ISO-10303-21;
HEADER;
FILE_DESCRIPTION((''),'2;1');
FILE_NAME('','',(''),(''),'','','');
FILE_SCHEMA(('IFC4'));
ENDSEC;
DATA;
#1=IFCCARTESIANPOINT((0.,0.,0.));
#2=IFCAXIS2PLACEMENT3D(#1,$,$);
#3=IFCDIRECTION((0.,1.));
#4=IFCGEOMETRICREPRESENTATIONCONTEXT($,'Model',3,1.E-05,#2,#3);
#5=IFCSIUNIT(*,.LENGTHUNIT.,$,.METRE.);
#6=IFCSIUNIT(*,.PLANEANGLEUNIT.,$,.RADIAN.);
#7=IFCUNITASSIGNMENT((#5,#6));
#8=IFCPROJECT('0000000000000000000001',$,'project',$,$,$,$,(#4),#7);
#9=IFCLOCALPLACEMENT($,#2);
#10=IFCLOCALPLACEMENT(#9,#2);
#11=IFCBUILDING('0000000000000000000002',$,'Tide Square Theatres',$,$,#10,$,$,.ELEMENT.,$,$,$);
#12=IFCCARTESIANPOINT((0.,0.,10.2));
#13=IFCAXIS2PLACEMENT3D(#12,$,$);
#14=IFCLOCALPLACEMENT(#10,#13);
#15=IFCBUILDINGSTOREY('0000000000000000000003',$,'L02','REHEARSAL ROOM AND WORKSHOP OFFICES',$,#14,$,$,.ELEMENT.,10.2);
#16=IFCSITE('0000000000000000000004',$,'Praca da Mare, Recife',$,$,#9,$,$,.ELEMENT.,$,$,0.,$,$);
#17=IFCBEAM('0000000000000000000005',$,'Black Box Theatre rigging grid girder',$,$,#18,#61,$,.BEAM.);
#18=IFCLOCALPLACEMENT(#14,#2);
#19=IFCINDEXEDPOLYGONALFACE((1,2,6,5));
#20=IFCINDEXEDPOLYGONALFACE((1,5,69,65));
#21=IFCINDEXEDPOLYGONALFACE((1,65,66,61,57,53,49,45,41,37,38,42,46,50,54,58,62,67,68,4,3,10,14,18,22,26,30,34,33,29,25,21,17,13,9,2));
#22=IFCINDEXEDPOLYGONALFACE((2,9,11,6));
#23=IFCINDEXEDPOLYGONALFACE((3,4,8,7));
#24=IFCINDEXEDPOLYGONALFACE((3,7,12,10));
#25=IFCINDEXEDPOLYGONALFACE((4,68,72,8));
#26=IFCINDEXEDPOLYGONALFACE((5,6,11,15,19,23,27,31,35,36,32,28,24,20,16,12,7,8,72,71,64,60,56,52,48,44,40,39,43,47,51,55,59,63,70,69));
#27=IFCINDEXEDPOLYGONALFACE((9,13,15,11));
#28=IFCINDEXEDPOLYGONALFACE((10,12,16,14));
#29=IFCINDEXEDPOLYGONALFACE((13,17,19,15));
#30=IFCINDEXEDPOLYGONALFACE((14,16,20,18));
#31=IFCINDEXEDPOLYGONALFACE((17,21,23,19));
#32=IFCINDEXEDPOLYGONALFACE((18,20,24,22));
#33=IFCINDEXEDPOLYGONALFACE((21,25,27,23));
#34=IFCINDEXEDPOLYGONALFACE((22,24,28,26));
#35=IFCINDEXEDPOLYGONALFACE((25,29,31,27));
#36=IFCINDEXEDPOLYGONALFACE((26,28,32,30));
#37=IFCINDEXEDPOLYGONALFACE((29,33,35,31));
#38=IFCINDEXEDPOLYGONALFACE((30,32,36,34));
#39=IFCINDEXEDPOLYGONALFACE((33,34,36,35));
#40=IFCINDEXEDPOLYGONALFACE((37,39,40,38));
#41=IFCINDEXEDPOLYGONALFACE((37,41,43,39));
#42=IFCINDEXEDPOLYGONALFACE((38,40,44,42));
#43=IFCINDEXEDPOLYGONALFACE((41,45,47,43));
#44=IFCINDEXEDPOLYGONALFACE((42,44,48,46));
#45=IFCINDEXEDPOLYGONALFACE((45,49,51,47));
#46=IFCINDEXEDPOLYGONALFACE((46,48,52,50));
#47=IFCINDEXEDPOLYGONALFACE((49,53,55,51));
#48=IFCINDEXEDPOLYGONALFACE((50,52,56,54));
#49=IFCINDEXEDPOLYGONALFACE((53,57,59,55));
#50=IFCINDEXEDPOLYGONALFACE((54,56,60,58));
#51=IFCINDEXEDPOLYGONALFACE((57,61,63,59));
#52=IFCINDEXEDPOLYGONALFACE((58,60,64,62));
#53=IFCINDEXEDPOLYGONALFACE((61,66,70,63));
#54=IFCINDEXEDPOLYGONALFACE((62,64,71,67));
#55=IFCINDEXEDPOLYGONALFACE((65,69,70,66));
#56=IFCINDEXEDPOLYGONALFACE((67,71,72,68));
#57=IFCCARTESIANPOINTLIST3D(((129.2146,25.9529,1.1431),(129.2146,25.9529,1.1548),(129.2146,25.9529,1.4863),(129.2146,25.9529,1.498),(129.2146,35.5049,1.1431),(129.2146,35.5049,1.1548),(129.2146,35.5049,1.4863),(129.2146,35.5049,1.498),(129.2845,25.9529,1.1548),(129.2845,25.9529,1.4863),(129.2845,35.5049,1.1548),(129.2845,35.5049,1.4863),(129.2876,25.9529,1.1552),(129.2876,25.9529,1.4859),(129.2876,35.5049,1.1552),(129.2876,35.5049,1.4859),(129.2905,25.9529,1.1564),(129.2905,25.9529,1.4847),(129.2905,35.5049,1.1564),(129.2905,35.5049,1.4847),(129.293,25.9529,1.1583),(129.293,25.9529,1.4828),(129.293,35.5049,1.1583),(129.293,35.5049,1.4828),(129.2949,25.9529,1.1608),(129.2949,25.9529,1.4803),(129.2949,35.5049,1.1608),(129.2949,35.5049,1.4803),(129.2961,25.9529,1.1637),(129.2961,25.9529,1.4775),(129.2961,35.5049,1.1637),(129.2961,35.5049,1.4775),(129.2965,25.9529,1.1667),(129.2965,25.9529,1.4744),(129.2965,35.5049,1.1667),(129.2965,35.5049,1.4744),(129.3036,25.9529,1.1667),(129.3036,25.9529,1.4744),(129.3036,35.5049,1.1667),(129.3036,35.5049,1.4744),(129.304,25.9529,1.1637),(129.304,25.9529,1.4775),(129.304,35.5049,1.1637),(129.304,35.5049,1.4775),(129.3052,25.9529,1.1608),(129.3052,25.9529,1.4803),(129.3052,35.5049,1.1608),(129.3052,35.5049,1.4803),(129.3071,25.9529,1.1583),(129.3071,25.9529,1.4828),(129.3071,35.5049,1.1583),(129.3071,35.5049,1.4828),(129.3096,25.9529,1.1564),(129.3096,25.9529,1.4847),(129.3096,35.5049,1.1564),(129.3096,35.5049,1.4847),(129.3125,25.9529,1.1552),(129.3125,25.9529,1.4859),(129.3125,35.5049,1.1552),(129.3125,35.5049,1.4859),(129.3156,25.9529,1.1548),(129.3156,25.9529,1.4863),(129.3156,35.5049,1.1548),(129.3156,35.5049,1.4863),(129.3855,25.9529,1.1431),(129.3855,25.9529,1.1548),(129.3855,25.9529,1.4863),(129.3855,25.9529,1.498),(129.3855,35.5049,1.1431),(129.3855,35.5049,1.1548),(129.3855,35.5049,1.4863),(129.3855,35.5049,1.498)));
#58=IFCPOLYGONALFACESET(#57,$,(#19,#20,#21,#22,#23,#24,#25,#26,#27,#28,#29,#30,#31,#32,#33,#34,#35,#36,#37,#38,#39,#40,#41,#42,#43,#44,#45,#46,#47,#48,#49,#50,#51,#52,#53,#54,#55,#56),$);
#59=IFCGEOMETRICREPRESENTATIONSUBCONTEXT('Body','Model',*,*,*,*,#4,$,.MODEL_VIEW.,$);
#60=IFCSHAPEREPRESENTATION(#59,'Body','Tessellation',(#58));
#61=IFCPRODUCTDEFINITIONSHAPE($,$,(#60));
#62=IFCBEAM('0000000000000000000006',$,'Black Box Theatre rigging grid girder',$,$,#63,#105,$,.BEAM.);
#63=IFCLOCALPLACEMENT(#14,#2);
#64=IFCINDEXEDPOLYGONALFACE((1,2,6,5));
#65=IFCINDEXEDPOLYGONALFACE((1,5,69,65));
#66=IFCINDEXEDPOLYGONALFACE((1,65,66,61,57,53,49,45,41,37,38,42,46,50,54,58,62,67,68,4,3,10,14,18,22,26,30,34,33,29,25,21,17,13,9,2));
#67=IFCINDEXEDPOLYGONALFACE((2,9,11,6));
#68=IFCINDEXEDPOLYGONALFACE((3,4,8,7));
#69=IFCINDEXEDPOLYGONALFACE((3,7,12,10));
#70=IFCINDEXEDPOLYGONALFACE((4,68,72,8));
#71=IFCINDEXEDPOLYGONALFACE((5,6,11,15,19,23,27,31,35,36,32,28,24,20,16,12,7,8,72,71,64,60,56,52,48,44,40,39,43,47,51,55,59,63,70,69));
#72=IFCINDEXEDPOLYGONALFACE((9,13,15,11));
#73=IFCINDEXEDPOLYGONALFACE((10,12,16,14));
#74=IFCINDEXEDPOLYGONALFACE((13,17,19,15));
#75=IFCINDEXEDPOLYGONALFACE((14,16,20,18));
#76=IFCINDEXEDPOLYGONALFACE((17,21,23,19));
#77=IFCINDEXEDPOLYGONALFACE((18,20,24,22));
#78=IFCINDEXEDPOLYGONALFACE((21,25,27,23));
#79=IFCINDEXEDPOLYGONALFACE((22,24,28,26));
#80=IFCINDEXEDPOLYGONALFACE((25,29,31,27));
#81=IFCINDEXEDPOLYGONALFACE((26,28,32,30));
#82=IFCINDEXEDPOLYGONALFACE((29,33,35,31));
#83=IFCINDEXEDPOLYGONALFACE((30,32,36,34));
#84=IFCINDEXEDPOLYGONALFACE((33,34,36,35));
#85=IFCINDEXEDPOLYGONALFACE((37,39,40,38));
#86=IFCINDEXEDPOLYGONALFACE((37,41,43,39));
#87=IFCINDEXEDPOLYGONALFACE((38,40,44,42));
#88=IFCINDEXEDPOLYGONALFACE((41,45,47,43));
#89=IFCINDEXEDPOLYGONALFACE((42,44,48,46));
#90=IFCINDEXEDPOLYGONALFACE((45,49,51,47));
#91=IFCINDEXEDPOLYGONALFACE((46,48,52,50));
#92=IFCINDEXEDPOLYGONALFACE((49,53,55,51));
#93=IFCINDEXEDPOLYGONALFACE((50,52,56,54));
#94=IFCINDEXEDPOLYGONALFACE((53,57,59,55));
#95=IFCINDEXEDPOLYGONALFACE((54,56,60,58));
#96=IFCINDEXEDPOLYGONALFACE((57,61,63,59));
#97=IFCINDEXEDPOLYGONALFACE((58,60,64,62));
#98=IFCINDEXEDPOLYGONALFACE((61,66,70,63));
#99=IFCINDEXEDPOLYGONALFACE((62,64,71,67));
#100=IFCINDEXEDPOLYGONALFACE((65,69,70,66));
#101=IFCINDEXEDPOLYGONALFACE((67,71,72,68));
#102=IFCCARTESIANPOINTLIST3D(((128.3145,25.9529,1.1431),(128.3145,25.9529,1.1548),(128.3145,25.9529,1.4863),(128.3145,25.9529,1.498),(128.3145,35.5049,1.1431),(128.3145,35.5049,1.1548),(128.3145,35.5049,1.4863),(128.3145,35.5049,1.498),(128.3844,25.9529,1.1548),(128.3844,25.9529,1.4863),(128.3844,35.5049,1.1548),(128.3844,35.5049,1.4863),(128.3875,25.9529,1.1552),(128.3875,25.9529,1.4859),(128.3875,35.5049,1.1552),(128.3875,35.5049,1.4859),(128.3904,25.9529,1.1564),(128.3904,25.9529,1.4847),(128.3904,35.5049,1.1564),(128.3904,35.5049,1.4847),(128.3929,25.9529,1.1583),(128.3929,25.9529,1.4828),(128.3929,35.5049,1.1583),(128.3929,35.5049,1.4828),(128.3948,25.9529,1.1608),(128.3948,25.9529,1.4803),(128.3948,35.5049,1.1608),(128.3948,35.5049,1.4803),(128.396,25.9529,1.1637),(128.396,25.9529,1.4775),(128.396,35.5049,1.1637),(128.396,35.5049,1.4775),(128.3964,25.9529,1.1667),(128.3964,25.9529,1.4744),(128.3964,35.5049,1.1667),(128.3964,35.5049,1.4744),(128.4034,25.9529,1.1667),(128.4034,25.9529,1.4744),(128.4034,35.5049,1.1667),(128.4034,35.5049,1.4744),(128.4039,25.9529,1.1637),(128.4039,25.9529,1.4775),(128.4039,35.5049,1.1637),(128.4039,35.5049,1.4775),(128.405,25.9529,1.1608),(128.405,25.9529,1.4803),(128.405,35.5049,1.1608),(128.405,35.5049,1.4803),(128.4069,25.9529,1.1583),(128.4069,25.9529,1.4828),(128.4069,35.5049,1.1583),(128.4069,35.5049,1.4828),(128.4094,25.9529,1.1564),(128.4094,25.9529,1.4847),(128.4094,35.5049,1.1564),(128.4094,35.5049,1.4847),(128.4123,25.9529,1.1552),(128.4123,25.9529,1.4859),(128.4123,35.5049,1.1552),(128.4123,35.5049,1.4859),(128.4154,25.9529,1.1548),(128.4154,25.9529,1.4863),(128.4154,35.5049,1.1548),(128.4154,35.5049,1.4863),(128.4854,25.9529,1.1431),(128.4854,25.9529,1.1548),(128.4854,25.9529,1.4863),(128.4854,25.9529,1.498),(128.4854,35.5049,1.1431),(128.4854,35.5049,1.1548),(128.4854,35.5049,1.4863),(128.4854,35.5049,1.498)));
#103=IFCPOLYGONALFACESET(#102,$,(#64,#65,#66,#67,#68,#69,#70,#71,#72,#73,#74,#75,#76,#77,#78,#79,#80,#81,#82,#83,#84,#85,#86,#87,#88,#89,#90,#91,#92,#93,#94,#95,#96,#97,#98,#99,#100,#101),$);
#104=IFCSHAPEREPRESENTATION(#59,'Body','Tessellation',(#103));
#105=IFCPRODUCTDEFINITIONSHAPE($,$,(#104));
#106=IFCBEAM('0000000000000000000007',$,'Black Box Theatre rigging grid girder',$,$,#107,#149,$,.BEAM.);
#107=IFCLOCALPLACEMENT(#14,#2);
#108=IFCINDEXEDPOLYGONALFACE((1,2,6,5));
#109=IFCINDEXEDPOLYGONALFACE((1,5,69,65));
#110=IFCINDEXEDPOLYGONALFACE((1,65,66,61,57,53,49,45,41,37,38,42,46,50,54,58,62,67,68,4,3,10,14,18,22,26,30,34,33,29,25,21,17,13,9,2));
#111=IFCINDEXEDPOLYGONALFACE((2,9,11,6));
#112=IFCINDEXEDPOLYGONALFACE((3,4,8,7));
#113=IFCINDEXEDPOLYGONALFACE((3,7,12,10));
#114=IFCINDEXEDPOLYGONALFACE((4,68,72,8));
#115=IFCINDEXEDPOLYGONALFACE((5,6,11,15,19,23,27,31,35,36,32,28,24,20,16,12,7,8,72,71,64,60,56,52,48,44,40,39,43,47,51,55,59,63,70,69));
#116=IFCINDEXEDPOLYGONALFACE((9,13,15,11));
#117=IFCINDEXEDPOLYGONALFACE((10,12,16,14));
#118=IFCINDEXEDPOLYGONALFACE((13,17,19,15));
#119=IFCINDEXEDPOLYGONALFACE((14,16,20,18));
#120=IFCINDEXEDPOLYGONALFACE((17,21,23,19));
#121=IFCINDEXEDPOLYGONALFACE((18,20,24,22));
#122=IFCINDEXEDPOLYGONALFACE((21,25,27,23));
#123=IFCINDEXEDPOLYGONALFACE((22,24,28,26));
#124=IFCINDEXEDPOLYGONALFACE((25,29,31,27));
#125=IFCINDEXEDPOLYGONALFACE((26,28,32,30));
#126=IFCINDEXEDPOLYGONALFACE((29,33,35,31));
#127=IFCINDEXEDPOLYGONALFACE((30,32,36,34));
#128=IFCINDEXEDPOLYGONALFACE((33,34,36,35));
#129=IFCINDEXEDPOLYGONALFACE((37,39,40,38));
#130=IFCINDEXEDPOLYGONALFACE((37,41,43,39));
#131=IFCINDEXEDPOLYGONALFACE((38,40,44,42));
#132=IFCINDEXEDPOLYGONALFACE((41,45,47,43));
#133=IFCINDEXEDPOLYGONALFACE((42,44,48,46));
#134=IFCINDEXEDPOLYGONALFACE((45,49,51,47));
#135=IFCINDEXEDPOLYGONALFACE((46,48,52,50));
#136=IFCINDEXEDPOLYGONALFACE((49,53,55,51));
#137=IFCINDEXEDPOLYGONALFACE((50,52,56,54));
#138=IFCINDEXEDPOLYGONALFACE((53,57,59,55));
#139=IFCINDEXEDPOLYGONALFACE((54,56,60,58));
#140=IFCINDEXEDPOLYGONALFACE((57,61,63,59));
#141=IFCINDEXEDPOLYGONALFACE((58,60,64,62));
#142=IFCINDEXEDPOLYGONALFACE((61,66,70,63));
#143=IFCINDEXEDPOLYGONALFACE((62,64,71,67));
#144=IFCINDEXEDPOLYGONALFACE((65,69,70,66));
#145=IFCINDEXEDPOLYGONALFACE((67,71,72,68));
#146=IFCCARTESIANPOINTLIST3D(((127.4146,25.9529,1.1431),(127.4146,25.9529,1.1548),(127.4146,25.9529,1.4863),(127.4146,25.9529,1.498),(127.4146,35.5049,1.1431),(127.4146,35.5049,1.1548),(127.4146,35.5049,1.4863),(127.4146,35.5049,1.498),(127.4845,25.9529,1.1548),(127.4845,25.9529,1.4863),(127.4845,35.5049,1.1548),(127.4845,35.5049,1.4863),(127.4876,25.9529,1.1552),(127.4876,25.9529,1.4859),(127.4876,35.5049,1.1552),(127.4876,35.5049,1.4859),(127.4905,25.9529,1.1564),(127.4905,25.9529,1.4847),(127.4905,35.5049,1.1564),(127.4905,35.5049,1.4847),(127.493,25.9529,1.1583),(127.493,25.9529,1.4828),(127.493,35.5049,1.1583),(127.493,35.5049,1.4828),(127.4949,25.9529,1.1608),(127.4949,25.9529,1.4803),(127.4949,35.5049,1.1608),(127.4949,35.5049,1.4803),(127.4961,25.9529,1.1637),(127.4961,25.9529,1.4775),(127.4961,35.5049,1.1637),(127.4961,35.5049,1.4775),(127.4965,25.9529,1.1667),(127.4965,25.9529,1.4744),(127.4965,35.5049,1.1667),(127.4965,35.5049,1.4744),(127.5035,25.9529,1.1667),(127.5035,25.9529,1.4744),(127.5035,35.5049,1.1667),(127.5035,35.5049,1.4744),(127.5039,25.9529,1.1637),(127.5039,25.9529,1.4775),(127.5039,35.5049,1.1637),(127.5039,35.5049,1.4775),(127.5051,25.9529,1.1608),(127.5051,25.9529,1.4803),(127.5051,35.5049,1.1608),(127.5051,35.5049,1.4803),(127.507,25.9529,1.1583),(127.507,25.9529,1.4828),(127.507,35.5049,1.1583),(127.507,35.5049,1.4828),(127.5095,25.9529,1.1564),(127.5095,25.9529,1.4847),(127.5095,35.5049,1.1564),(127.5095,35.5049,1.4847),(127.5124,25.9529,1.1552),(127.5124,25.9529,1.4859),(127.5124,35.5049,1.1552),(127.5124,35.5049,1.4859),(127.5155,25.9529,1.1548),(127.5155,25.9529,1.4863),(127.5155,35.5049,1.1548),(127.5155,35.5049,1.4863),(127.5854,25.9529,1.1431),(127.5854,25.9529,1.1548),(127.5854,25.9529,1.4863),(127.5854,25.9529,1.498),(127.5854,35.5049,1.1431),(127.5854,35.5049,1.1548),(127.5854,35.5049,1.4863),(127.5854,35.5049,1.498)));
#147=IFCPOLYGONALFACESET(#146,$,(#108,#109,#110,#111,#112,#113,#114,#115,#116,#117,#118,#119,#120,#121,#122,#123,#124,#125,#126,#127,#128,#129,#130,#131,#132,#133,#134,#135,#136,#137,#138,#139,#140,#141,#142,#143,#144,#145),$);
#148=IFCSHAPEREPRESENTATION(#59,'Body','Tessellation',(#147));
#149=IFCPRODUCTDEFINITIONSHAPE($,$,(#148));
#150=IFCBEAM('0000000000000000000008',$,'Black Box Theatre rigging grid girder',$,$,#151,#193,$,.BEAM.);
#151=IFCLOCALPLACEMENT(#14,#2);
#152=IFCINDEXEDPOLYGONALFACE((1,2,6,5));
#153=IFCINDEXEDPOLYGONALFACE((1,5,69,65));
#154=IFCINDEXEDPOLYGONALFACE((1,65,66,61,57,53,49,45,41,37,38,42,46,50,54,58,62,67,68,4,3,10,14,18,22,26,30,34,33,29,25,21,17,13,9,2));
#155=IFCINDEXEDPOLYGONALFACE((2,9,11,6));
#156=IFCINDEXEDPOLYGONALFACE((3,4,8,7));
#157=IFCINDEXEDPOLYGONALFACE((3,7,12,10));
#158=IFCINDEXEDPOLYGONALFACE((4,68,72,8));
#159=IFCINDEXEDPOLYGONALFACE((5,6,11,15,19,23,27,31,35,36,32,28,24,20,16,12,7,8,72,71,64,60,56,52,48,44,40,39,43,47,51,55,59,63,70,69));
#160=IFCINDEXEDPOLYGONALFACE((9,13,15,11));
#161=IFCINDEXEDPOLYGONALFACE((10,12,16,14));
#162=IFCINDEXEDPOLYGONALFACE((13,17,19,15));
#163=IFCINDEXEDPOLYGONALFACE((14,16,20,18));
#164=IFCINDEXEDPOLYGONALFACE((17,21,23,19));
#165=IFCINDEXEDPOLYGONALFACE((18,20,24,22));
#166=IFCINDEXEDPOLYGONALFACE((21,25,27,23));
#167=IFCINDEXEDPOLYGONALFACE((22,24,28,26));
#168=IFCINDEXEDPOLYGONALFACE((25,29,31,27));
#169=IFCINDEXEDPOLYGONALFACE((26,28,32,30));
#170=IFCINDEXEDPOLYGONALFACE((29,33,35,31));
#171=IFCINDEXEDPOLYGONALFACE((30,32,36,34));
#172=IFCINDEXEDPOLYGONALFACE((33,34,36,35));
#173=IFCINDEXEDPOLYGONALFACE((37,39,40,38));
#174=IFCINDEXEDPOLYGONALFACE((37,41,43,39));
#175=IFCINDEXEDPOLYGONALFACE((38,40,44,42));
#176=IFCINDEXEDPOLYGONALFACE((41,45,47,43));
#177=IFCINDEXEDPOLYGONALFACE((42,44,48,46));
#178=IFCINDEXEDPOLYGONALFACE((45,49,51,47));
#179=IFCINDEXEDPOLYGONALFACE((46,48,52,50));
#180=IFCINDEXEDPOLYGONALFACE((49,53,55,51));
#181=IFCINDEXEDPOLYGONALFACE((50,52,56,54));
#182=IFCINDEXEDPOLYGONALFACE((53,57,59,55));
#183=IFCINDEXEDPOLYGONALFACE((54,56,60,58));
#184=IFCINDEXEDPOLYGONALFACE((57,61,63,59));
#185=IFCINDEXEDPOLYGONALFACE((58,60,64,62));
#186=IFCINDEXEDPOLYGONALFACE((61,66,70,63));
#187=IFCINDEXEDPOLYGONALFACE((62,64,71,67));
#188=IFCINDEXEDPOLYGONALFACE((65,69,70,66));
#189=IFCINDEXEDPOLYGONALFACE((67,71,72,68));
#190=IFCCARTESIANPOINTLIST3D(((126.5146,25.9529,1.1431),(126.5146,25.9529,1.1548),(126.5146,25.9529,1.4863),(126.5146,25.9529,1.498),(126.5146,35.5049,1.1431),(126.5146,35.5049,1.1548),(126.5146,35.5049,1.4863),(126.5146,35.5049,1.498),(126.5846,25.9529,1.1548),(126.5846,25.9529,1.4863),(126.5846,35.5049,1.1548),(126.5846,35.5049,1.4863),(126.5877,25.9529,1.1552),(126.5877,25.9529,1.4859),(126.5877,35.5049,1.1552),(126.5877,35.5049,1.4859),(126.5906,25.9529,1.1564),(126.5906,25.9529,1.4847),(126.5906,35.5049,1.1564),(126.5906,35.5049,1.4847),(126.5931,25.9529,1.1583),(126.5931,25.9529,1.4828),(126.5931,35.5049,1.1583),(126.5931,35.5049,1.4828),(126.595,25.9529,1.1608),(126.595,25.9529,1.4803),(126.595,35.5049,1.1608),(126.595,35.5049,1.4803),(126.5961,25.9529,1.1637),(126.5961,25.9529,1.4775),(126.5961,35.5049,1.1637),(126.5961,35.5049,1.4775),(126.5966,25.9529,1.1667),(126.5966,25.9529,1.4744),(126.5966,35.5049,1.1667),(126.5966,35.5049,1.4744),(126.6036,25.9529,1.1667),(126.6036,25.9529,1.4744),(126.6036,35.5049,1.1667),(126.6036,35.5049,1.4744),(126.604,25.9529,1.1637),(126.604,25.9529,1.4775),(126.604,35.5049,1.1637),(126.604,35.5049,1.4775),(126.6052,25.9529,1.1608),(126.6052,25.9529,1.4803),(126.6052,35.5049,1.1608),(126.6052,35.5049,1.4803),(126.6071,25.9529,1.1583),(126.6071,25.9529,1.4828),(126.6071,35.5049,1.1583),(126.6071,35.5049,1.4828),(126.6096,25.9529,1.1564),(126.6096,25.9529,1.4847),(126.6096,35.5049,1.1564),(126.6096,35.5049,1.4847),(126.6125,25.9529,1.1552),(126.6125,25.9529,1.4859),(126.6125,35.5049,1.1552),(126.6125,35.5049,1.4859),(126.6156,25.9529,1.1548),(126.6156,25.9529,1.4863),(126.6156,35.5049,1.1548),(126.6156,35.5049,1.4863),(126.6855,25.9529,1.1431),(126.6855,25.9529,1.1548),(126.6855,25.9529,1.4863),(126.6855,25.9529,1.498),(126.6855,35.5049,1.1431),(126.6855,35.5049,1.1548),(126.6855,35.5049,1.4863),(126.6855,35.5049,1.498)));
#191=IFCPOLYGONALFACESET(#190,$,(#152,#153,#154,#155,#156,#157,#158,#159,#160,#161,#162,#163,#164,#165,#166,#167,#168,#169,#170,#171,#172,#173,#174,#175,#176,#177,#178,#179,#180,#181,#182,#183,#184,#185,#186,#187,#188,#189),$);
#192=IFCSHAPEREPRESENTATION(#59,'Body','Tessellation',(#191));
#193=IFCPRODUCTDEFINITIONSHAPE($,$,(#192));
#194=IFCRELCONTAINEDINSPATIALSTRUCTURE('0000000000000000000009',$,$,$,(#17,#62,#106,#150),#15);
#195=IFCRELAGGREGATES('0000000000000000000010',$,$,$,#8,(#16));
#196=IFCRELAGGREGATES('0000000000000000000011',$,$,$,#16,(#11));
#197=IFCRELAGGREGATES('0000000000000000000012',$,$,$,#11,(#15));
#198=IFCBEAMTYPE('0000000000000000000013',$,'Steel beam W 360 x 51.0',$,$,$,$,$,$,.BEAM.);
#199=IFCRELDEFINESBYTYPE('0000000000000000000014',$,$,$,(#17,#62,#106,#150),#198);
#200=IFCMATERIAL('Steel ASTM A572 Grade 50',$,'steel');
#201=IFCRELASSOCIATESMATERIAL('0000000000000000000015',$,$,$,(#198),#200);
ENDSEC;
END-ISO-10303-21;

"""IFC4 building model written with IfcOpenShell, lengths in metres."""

from ifc_helpers import new_model, si_unit, direction, frame, origin, origin_2d, place, context, subcontext, project, spatial, i_section, extrude, material, material_profile, profile_set, type_object, element, save


model = new_model("IFC4")

# Units and contexts
model_context = context("Model", 3, precision=1e-05, world=origin(), true_north=direction((0.0, 1.0)))
body_context = subcontext(model_context, "Body", "Model", "MODEL_VIEW")
ifc_project = project(units=[si_unit("LENGTHUNIT", "METRE"), si_unit("PLANEANGLEUNIT", "RADIAN")], contexts=[model_context])

# Site, building, storey
site_placement = place(None, origin())
site = spatial("IfcSite", under=ifc_project, at=site_placement, Name="Praca da Mare, Recife", CompositionType="ELEMENT", RefElevation=0.0)
building_placement = place(site_placement, origin())
building = spatial("IfcBuilding", under=site, at=building_placement, Name="Tide Square Theatres", CompositionType="ELEMENT")
storey_placement = place(building_placement, frame((0.0, 0.0, 10.2)))
storey = spatial("IfcBuildingStorey", under=building, at=storey_placement, Name="L02", Description="REHEARSAL ROOM AND WORKSHOP OFFICES", CompositionType="ELEMENT", Elevation=10.2)

# Beams
ifc_material_1 = material(Name="Steel ASTM A572 Grade 50", Category="steel")
ifc_material_profile_1 = material_profile(ifc_material_1, i_section(OverallWidth=0.1709, OverallDepth=0.355, WebThickness=0.0071, FlangeThickness=0.0117, FilletRadius=0.012, at=origin_2d()))
ifc_profile_set_1 = profile_set([ifc_material_profile_1], Name="Steel ASTM A572 Grade 50")
beam_type_1 = type_object("IfcBeamType", Name="Steel beam W 360 x 51.0", PredefinedType="BEAM", material=ifc_profile_set_1)
for number, where, z_axis, x_axis, name in (
    (1, (129.3, 25.9529, 1.3206), (0.0, 1.0, 0.0), (-1.0, 0.0, 0.0), "Black Box Theatre rigging grid girder"),
    (2, (128.3999, 25.9529, 1.3206), (0.0, 1.0, 0.0), (-1.0, 0.0, 0.0), "Black Box Theatre rigging grid girder"),
    (3, (127.5, 25.9529, 1.3206), (0.0, 1.0, 0.0), (-1.0, 0.0, 0.0), "Black Box Theatre rigging grid girder"),
    (4, (126.6001, 25.9529, 1.3206), (0.0, 1.0, 0.0), (-1.0, 0.0, 0.0), "Black Box Theatre rigging grid girder"),
):
    element("IfcBeam", number, at=place(storey_placement, frame(where, z_axis=z_axis, x_axis=x_axis)), inside=storey, type_object=beam_type_1, Name=name, PredefinedType="BEAM", context=body_context, shape_type="SweptSolid", body=[
        extrude(i_section(OverallWidth=0.1709, OverallDepth=0.355, WebThickness=0.0071, FlangeThickness=0.0117, FilletRadius=0.012, at=origin_2d()), origin(), (0.0, 0.0, 1.0), 9.552),
    ])

save(model, "model.ifc")
